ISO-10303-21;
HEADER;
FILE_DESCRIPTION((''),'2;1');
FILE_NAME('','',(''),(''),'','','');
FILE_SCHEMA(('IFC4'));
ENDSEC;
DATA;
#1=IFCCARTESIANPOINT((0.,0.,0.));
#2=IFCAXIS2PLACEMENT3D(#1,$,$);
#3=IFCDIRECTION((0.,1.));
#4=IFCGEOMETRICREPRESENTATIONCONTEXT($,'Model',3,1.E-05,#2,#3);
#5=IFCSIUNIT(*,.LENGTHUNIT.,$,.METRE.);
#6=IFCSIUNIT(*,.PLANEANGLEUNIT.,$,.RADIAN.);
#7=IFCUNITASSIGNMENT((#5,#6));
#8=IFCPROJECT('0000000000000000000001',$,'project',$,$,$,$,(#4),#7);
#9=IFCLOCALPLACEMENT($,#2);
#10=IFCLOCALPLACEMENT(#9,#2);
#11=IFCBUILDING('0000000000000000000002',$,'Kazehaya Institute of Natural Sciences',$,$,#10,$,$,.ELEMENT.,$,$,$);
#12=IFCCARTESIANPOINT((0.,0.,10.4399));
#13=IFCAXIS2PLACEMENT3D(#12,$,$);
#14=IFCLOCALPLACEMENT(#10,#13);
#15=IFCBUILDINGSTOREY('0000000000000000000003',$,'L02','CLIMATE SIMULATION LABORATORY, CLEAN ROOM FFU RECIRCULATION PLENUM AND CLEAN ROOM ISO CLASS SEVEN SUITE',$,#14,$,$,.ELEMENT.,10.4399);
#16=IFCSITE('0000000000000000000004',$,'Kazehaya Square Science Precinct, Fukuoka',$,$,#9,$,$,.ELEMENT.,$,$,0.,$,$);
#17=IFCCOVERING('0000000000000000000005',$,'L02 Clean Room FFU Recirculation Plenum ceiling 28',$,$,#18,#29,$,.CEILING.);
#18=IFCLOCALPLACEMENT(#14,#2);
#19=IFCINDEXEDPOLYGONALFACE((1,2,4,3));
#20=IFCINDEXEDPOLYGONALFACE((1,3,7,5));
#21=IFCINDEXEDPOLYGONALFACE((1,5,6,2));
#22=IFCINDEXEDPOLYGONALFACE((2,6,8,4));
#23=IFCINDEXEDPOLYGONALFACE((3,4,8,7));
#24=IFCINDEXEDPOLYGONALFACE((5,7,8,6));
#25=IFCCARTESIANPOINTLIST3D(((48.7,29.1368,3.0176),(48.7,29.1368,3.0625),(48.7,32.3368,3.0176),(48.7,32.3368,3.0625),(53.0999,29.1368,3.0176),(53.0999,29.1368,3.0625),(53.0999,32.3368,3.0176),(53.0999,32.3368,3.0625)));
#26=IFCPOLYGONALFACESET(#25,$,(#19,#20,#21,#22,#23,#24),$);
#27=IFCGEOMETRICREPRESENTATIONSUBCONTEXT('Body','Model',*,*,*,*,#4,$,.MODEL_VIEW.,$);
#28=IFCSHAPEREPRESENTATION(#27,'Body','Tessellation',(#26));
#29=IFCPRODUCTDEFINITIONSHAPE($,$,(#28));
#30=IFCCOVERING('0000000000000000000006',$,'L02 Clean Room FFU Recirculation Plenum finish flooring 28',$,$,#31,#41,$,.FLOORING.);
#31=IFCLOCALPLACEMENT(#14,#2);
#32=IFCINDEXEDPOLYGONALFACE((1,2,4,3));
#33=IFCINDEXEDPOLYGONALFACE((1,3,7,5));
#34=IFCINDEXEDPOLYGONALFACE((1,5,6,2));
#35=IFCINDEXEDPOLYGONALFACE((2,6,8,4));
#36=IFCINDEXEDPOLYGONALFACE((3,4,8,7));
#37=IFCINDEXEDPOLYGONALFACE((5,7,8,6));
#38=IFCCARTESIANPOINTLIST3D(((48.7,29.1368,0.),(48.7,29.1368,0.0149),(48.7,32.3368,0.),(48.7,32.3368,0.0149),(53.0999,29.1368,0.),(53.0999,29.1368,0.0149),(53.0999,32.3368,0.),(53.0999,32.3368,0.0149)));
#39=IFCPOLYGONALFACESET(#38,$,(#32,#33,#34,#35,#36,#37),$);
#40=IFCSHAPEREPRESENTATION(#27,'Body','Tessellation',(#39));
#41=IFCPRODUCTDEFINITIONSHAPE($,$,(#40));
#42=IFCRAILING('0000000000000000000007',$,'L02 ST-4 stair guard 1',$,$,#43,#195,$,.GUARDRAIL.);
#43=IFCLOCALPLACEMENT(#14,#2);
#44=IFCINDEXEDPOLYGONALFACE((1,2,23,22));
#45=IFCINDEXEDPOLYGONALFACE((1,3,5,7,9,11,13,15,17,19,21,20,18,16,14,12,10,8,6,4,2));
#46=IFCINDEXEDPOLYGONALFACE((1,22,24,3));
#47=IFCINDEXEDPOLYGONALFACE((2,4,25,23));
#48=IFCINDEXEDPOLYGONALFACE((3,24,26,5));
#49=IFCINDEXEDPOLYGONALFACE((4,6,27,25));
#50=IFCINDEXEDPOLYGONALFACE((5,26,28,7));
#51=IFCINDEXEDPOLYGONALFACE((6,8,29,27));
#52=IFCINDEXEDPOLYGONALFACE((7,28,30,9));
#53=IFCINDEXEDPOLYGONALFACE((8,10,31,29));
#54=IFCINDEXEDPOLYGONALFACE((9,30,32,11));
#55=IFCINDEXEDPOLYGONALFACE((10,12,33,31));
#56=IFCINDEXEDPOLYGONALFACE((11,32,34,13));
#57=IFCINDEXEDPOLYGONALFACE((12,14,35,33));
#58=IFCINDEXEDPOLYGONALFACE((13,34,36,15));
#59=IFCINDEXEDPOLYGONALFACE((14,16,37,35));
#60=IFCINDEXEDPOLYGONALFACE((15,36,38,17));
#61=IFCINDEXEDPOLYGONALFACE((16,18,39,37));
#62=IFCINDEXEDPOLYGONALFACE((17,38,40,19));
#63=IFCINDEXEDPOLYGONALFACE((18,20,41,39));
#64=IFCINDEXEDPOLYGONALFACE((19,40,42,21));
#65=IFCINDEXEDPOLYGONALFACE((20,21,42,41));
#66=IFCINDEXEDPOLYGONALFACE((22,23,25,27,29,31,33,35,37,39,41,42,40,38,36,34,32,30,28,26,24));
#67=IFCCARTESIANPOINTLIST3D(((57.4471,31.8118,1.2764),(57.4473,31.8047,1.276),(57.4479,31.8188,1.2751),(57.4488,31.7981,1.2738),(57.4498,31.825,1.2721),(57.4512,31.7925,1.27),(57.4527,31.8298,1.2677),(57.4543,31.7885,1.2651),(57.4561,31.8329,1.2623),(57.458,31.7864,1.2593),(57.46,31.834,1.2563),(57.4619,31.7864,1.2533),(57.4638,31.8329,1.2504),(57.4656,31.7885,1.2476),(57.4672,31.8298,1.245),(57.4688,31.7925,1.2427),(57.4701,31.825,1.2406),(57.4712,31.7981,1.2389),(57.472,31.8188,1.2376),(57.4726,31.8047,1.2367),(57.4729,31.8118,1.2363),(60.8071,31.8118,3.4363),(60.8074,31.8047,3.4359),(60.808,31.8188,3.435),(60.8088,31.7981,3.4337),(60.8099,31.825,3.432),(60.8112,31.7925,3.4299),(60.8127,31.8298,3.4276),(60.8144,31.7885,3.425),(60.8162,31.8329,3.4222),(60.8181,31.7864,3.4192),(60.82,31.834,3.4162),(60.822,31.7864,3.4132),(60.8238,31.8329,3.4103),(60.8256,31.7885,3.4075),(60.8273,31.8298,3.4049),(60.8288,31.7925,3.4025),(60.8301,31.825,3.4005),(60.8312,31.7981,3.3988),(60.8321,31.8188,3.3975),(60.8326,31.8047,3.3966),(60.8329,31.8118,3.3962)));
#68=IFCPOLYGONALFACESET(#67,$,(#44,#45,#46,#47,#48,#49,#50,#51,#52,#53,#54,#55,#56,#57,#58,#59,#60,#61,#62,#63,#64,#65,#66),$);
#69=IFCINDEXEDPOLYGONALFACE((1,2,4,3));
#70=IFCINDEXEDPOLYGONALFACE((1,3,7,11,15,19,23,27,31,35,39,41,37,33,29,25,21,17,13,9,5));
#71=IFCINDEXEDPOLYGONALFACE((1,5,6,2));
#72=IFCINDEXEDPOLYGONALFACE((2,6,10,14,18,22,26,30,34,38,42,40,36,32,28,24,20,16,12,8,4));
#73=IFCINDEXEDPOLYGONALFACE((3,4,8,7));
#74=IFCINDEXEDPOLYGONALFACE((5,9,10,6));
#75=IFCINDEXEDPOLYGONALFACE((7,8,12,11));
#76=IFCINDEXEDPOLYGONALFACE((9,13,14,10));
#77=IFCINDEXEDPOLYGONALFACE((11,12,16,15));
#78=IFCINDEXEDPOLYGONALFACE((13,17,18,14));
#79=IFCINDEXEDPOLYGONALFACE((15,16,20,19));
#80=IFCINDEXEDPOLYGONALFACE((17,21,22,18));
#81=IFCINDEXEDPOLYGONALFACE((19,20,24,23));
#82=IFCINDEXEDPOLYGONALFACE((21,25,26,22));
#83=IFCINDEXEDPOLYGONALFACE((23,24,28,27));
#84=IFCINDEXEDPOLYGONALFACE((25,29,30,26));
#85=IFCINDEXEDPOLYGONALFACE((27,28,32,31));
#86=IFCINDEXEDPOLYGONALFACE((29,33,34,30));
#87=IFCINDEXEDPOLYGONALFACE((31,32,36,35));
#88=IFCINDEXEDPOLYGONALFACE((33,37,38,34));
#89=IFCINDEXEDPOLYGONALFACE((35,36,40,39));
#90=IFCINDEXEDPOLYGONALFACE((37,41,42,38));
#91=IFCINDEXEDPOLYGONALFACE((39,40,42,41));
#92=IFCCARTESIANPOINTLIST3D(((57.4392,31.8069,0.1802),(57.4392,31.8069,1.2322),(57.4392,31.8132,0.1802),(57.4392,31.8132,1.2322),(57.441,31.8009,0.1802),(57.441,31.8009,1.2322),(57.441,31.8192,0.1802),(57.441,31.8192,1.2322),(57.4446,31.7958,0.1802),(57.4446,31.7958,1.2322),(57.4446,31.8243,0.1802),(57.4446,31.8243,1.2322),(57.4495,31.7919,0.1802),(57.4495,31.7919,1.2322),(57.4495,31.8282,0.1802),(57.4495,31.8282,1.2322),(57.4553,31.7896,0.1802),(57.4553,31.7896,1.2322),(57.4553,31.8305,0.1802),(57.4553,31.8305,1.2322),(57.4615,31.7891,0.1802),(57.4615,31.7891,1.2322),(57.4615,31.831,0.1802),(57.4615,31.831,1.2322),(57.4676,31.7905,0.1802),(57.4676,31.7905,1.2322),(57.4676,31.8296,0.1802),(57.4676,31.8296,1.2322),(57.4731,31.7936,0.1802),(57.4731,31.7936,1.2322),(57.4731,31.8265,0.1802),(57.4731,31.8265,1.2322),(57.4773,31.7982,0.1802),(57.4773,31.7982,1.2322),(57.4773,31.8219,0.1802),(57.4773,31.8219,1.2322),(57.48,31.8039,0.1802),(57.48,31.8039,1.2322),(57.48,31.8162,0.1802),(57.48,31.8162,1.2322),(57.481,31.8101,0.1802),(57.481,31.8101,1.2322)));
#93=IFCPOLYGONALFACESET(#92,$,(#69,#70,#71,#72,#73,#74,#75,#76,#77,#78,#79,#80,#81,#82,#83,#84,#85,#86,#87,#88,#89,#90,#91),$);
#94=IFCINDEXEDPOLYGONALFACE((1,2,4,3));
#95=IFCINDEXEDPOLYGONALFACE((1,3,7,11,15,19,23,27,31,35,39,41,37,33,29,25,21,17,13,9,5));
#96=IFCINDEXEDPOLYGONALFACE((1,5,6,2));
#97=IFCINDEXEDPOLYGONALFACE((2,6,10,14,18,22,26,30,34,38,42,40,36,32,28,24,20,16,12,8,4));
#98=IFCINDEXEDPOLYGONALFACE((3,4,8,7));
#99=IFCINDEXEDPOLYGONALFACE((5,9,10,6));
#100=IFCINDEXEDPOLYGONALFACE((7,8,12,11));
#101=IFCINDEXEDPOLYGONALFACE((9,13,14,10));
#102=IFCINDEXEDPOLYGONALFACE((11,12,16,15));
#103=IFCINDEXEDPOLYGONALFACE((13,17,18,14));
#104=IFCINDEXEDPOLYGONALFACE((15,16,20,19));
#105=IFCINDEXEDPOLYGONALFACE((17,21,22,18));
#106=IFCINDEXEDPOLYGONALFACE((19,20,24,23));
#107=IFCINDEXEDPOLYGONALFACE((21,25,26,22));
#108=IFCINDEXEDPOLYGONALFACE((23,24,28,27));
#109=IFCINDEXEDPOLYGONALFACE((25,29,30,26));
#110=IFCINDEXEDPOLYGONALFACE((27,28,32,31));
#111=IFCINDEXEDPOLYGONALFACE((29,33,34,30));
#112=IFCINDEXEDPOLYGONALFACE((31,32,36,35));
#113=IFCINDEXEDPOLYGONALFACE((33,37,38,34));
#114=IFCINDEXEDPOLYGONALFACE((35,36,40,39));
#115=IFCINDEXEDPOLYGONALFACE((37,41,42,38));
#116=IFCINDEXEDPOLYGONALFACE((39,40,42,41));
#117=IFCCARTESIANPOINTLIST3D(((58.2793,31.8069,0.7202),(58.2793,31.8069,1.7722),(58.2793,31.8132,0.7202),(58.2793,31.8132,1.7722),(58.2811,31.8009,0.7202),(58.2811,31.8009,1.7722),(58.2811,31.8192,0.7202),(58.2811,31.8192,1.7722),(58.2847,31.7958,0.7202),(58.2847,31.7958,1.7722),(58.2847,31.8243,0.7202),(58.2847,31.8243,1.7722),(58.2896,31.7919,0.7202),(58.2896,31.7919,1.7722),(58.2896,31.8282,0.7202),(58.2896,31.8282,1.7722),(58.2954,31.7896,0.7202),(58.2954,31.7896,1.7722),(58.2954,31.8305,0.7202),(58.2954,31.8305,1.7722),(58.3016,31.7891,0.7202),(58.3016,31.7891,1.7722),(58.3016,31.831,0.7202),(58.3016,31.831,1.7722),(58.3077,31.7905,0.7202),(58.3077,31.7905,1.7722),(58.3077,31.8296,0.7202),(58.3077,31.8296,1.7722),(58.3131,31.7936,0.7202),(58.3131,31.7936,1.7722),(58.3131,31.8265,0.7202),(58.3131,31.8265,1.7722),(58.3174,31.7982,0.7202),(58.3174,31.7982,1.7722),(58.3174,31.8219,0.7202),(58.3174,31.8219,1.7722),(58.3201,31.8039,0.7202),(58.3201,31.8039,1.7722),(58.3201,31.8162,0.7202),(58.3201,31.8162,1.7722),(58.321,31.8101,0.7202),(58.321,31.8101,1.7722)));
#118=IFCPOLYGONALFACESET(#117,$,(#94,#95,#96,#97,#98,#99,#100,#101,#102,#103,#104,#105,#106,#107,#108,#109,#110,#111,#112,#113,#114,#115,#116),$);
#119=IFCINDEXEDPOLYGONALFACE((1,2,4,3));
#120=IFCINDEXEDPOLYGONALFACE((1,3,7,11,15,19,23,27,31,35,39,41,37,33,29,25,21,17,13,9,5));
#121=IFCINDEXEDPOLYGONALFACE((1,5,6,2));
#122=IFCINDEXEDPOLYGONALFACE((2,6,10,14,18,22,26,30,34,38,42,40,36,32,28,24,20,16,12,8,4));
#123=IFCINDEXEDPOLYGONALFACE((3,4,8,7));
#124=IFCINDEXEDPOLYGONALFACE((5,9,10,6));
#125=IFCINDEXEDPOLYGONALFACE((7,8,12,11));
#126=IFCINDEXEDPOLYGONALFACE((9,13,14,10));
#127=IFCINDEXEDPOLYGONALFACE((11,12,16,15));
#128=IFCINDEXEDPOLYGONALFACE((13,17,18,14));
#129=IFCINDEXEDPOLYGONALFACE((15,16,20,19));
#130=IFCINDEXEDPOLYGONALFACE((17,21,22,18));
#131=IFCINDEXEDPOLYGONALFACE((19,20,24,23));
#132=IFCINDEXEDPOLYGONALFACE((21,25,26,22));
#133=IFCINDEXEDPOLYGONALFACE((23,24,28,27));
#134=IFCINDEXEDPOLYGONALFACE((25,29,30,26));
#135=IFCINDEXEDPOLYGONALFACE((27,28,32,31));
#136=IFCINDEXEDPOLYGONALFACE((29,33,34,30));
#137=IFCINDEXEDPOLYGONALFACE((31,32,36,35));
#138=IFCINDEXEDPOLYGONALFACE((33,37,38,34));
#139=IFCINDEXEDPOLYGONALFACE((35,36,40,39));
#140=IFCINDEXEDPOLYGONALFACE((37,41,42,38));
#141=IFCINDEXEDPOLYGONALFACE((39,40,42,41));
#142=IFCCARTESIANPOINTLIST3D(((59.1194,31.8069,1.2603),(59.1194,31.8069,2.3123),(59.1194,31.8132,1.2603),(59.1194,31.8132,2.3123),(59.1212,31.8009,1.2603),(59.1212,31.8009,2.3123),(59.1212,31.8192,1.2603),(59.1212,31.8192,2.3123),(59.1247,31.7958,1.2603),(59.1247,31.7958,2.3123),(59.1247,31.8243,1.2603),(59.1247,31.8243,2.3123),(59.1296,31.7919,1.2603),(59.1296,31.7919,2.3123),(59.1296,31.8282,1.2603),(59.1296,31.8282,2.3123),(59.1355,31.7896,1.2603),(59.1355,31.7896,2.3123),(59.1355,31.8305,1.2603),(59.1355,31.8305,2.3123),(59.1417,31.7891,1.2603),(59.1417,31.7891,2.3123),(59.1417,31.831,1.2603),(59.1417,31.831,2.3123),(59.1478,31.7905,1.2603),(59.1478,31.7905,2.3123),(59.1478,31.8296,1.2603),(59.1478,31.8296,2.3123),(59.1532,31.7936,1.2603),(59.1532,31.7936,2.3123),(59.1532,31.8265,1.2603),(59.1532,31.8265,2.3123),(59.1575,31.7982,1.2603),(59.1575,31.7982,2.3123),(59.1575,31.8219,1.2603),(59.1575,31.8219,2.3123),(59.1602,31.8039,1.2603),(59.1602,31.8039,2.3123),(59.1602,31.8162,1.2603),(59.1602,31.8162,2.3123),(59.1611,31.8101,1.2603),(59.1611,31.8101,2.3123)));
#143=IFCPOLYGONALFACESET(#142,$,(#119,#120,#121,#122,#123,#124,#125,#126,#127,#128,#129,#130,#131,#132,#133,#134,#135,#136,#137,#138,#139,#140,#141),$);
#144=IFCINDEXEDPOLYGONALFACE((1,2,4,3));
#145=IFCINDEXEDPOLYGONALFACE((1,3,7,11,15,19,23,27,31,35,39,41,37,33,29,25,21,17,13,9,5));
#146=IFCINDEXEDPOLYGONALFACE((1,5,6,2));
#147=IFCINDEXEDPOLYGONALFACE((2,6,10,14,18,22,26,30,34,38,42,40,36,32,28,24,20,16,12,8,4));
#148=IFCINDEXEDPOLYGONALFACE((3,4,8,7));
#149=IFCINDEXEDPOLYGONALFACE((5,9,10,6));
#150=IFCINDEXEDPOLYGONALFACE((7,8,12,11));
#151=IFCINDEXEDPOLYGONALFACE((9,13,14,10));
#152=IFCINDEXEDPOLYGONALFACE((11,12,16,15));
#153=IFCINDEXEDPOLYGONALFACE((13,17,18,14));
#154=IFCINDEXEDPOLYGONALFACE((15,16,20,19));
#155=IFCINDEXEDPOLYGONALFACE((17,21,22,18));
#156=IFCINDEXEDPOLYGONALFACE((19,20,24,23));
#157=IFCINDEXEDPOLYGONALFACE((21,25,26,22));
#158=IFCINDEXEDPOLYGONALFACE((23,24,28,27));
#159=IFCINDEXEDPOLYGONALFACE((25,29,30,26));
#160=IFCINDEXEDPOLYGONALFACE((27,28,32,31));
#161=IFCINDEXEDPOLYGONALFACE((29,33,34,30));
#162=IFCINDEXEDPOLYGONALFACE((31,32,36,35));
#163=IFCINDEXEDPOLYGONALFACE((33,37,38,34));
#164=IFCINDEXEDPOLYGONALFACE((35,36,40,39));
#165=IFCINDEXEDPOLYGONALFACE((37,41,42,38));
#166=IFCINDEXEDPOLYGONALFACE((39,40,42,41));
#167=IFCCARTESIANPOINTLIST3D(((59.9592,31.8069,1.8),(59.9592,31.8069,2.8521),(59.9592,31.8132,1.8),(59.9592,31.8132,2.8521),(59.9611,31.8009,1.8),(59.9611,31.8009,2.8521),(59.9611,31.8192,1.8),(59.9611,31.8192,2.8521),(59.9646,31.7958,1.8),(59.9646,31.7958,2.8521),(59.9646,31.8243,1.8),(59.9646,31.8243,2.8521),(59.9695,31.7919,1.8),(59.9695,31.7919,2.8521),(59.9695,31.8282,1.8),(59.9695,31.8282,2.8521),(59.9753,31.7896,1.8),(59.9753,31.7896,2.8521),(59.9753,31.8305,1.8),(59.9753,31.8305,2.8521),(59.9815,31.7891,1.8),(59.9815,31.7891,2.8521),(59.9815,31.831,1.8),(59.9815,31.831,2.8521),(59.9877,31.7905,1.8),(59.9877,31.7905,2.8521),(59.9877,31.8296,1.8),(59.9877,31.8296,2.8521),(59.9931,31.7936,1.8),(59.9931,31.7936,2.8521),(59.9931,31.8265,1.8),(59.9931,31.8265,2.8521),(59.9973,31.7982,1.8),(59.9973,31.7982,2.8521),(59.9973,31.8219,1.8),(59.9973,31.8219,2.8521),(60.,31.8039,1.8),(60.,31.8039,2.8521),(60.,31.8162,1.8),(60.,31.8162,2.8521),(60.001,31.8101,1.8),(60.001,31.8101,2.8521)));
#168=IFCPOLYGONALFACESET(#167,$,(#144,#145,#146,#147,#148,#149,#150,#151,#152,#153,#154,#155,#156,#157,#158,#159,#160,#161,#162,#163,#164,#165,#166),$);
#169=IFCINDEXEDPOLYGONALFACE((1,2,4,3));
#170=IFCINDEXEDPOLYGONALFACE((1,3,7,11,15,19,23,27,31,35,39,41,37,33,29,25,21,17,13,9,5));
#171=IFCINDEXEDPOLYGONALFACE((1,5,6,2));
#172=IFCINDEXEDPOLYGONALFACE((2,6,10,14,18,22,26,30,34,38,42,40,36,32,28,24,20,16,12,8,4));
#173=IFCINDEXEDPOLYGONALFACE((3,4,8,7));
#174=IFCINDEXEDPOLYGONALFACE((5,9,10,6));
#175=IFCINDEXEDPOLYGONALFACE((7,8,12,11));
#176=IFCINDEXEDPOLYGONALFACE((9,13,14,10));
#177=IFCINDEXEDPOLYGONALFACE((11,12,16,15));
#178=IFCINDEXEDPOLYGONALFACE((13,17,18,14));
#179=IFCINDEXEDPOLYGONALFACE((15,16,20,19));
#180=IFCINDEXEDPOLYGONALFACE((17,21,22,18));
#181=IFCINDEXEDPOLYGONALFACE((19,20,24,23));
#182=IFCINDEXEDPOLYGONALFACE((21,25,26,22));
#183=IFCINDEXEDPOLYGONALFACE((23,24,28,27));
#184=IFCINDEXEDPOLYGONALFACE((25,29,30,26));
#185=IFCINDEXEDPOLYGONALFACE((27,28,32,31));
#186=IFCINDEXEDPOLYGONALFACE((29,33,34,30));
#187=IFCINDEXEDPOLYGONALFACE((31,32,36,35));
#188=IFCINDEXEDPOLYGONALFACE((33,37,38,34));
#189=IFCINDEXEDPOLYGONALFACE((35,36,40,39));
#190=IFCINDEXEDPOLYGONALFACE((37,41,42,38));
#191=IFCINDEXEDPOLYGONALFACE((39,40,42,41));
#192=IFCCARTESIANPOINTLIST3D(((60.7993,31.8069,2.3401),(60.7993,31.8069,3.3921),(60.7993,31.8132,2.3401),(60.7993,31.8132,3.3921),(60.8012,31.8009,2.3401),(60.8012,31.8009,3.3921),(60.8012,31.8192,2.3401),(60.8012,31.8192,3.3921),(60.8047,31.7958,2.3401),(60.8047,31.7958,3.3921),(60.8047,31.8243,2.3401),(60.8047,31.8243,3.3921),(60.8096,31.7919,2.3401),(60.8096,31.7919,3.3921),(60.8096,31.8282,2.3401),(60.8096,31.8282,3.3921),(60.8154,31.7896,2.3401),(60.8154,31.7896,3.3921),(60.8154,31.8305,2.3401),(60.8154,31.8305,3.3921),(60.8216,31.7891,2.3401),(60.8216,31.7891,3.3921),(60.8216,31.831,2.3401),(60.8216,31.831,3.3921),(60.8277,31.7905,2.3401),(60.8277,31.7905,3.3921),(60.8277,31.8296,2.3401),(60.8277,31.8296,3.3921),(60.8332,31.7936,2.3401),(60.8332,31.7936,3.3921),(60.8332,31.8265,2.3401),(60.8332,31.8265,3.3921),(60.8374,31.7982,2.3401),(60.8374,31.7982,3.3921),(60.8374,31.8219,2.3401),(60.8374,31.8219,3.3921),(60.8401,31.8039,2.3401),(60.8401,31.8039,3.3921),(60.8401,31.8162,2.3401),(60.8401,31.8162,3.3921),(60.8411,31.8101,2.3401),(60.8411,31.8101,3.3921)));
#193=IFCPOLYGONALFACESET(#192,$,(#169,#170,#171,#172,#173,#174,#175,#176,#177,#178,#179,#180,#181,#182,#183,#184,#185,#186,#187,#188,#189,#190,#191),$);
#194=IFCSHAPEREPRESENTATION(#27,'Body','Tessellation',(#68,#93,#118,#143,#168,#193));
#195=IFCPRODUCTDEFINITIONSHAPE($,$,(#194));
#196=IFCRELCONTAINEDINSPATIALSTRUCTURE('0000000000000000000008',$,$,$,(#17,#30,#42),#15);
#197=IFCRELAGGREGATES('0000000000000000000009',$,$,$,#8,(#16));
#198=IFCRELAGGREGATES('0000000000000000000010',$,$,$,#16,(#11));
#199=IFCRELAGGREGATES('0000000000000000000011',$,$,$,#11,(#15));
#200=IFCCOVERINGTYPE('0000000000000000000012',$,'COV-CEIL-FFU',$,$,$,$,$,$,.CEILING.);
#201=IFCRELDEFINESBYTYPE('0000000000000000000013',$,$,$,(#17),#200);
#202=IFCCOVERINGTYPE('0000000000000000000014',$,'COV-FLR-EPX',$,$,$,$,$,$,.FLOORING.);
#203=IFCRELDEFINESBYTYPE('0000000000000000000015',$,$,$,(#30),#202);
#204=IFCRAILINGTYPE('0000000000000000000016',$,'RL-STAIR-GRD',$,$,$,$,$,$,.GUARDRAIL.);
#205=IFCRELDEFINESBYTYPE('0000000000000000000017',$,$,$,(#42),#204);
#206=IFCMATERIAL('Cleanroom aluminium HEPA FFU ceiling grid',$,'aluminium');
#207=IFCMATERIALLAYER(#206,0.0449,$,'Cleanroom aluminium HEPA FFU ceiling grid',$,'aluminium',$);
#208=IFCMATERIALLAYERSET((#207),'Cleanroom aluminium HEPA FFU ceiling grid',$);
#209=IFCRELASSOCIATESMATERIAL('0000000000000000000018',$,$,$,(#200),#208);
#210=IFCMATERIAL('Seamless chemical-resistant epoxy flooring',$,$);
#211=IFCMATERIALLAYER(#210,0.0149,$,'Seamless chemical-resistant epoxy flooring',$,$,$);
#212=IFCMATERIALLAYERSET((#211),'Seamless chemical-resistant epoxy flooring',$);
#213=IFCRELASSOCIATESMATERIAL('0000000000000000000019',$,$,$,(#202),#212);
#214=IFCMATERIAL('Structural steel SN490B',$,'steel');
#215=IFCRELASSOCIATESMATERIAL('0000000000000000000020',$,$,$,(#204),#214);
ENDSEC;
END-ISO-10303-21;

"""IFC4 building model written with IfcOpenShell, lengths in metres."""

from ifc_helpers import new_model, si_unit, direction, frame, origin, origin_2d, place, context, subcontext, project, spatial, rectangle, circle, extrude, material, layer, layer_set, type_object, element, save


model = new_model("IFC4")

# Units and contexts
model_context = context("Model", 3, precision=1e-05, world=origin(), true_north=direction((0.0, 1.0)))
body_context = subcontext(model_context, "Body", "Model", "MODEL_VIEW")
ifc_project = project(units=[si_unit("LENGTHUNIT", "METRE"), si_unit("PLANEANGLEUNIT", "RADIAN")], contexts=[model_context])

# Site, building, storey
site_placement = place(None, origin())
site = spatial("IfcSite", under=ifc_project, at=site_placement, Name="Kazehaya Square Science Precinct, Fukuoka", CompositionType="ELEMENT", RefElevation=0.0)
building_placement = place(site_placement, origin())
building = spatial("IfcBuilding", under=site, at=building_placement, Name="Kazehaya Institute of Natural Sciences", CompositionType="ELEMENT")
storey_placement = place(building_placement, frame((0.0, 0.0, 10.4399)))
storey = spatial("IfcBuildingStorey", under=building, at=storey_placement, Name="L02", Description="CLIMATE SIMULATION LABORATORY, CLEAN ROOM FFU RECIRCULATION PLENUM AND CLEAN ROOM ISO CLASS SEVEN SUITE", CompositionType="ELEMENT", Elevation=10.4399)

# Shared definitions
ifc_material_1 = material(Name="Structural steel SN490B", Category="steel")

# Coverings
ifc_material_2 = material(Name="Cleanroom aluminium HEPA FFU ceiling grid", Category="aluminium")
ifc_layer_1 = layer(ifc_material_2, 0.0449, Name="Cleanroom aluminium HEPA FFU ceiling grid", Category="aluminium")
ifc_layer_set_1 = layer_set([ifc_layer_1], Name="Cleanroom aluminium HEPA FFU ceiling grid")
covering_type_1 = type_object("IfcCoveringType", Name="COV-CEIL-FFU", PredefinedType="CEILING", material=ifc_layer_set_1)
covering_1_placement = place(storey_placement, frame((50.8999, 30.7368, 3.0176), z_axis=(0.0, 0.0, 1.0), x_axis=(1.0, 0.0, 0.0)))
element("IfcCovering", 1, at=covering_1_placement, inside=storey, type_object=covering_type_1, Name="L02 Clean Room FFU Recirculation Plenum ceiling 28", PredefinedType="CEILING", context=body_context, shape_type="SweptSolid", body=[
    extrude(rectangle(XDim=4.3999, YDim=3.2, at=origin_2d()), origin(), (0.0, 0.0, 1.0), 0.0449),
])
ifc_material_3 = material(Name="Seamless chemical-resistant epoxy flooring")
ifc_layer_2 = layer(ifc_material_3, 0.0149, Name="Seamless chemical-resistant epoxy flooring")
ifc_layer_set_2 = layer_set([ifc_layer_2], Name="Seamless chemical-resistant epoxy flooring")
covering_type_2 = type_object("IfcCoveringType", Name="COV-FLR-EPX", PredefinedType="FLOORING", material=ifc_layer_set_2)
covering_2_placement = place(storey_placement, frame((50.8999, 30.7368, 0.0), z_axis=(0.0, 0.0, 1.0), x_axis=(1.0, 0.0, 0.0)))
element("IfcCovering", 2, at=covering_2_placement, inside=storey, type_object=covering_type_2, Name="L02 Clean Room FFU Recirculation Plenum finish flooring 28", PredefinedType="FLOORING", context=body_context, shape_type="SweptSolid", body=[
    extrude(rectangle(XDim=4.3999, YDim=3.2, at=origin_2d()), origin(), (0.0, 0.0, 1.0), 0.0149),
])

# Railing
railing_type_1 = type_object("IfcRailingType", Name="RL-STAIR-GRD", PredefinedType="GUARDRAIL", material=ifc_material_1)
railing_1_placement = place(storey_placement, frame((57.46, 31.8101, 0.1802)))
element("IfcRailing", 3, at=railing_1_placement, inside=storey, type_object=railing_type_1, Name="L02 ST-4 stair guard 1", PredefinedType="GUARDRAIL", context=body_context, shape_type="SweptSolid", body=[
    extrude(circle(Radius=0.0239, at=origin_2d()), frame((0.0, 0.0, 1.0762), z_axis=(0.841196, 0.0, 0.54073), x_axis=(0.0, 1.0, 0.0)), (0.0, 0.0, 1.0), 3.9944),
    extrude(circle(Radius=0.021, at=origin_2d()), origin(), (0.0, 0.0, 1.0), 1.052),
    extrude(circle(Radius=0.021, at=origin_2d()), frame((0.8401, 0.0, 0.54)), (0.0, 0.0, 1.0), 1.052),
    extrude(circle(Radius=0.021, at=origin_2d()), frame((1.6802, 0.0, 1.0801)), (0.0, 0.0, 1.0), 1.052),
    extrude(circle(Radius=0.021, at=origin_2d()), frame((2.52, 0.0, 1.6199)), (0.0, 0.0, 1.0), 1.052),
    extrude(circle(Radius=0.021, at=origin_2d()), frame((3.3601, 0.0, 2.1599)), (0.0, 0.0, 1.0), 1.052),
])

save(model, "model.ifc")
